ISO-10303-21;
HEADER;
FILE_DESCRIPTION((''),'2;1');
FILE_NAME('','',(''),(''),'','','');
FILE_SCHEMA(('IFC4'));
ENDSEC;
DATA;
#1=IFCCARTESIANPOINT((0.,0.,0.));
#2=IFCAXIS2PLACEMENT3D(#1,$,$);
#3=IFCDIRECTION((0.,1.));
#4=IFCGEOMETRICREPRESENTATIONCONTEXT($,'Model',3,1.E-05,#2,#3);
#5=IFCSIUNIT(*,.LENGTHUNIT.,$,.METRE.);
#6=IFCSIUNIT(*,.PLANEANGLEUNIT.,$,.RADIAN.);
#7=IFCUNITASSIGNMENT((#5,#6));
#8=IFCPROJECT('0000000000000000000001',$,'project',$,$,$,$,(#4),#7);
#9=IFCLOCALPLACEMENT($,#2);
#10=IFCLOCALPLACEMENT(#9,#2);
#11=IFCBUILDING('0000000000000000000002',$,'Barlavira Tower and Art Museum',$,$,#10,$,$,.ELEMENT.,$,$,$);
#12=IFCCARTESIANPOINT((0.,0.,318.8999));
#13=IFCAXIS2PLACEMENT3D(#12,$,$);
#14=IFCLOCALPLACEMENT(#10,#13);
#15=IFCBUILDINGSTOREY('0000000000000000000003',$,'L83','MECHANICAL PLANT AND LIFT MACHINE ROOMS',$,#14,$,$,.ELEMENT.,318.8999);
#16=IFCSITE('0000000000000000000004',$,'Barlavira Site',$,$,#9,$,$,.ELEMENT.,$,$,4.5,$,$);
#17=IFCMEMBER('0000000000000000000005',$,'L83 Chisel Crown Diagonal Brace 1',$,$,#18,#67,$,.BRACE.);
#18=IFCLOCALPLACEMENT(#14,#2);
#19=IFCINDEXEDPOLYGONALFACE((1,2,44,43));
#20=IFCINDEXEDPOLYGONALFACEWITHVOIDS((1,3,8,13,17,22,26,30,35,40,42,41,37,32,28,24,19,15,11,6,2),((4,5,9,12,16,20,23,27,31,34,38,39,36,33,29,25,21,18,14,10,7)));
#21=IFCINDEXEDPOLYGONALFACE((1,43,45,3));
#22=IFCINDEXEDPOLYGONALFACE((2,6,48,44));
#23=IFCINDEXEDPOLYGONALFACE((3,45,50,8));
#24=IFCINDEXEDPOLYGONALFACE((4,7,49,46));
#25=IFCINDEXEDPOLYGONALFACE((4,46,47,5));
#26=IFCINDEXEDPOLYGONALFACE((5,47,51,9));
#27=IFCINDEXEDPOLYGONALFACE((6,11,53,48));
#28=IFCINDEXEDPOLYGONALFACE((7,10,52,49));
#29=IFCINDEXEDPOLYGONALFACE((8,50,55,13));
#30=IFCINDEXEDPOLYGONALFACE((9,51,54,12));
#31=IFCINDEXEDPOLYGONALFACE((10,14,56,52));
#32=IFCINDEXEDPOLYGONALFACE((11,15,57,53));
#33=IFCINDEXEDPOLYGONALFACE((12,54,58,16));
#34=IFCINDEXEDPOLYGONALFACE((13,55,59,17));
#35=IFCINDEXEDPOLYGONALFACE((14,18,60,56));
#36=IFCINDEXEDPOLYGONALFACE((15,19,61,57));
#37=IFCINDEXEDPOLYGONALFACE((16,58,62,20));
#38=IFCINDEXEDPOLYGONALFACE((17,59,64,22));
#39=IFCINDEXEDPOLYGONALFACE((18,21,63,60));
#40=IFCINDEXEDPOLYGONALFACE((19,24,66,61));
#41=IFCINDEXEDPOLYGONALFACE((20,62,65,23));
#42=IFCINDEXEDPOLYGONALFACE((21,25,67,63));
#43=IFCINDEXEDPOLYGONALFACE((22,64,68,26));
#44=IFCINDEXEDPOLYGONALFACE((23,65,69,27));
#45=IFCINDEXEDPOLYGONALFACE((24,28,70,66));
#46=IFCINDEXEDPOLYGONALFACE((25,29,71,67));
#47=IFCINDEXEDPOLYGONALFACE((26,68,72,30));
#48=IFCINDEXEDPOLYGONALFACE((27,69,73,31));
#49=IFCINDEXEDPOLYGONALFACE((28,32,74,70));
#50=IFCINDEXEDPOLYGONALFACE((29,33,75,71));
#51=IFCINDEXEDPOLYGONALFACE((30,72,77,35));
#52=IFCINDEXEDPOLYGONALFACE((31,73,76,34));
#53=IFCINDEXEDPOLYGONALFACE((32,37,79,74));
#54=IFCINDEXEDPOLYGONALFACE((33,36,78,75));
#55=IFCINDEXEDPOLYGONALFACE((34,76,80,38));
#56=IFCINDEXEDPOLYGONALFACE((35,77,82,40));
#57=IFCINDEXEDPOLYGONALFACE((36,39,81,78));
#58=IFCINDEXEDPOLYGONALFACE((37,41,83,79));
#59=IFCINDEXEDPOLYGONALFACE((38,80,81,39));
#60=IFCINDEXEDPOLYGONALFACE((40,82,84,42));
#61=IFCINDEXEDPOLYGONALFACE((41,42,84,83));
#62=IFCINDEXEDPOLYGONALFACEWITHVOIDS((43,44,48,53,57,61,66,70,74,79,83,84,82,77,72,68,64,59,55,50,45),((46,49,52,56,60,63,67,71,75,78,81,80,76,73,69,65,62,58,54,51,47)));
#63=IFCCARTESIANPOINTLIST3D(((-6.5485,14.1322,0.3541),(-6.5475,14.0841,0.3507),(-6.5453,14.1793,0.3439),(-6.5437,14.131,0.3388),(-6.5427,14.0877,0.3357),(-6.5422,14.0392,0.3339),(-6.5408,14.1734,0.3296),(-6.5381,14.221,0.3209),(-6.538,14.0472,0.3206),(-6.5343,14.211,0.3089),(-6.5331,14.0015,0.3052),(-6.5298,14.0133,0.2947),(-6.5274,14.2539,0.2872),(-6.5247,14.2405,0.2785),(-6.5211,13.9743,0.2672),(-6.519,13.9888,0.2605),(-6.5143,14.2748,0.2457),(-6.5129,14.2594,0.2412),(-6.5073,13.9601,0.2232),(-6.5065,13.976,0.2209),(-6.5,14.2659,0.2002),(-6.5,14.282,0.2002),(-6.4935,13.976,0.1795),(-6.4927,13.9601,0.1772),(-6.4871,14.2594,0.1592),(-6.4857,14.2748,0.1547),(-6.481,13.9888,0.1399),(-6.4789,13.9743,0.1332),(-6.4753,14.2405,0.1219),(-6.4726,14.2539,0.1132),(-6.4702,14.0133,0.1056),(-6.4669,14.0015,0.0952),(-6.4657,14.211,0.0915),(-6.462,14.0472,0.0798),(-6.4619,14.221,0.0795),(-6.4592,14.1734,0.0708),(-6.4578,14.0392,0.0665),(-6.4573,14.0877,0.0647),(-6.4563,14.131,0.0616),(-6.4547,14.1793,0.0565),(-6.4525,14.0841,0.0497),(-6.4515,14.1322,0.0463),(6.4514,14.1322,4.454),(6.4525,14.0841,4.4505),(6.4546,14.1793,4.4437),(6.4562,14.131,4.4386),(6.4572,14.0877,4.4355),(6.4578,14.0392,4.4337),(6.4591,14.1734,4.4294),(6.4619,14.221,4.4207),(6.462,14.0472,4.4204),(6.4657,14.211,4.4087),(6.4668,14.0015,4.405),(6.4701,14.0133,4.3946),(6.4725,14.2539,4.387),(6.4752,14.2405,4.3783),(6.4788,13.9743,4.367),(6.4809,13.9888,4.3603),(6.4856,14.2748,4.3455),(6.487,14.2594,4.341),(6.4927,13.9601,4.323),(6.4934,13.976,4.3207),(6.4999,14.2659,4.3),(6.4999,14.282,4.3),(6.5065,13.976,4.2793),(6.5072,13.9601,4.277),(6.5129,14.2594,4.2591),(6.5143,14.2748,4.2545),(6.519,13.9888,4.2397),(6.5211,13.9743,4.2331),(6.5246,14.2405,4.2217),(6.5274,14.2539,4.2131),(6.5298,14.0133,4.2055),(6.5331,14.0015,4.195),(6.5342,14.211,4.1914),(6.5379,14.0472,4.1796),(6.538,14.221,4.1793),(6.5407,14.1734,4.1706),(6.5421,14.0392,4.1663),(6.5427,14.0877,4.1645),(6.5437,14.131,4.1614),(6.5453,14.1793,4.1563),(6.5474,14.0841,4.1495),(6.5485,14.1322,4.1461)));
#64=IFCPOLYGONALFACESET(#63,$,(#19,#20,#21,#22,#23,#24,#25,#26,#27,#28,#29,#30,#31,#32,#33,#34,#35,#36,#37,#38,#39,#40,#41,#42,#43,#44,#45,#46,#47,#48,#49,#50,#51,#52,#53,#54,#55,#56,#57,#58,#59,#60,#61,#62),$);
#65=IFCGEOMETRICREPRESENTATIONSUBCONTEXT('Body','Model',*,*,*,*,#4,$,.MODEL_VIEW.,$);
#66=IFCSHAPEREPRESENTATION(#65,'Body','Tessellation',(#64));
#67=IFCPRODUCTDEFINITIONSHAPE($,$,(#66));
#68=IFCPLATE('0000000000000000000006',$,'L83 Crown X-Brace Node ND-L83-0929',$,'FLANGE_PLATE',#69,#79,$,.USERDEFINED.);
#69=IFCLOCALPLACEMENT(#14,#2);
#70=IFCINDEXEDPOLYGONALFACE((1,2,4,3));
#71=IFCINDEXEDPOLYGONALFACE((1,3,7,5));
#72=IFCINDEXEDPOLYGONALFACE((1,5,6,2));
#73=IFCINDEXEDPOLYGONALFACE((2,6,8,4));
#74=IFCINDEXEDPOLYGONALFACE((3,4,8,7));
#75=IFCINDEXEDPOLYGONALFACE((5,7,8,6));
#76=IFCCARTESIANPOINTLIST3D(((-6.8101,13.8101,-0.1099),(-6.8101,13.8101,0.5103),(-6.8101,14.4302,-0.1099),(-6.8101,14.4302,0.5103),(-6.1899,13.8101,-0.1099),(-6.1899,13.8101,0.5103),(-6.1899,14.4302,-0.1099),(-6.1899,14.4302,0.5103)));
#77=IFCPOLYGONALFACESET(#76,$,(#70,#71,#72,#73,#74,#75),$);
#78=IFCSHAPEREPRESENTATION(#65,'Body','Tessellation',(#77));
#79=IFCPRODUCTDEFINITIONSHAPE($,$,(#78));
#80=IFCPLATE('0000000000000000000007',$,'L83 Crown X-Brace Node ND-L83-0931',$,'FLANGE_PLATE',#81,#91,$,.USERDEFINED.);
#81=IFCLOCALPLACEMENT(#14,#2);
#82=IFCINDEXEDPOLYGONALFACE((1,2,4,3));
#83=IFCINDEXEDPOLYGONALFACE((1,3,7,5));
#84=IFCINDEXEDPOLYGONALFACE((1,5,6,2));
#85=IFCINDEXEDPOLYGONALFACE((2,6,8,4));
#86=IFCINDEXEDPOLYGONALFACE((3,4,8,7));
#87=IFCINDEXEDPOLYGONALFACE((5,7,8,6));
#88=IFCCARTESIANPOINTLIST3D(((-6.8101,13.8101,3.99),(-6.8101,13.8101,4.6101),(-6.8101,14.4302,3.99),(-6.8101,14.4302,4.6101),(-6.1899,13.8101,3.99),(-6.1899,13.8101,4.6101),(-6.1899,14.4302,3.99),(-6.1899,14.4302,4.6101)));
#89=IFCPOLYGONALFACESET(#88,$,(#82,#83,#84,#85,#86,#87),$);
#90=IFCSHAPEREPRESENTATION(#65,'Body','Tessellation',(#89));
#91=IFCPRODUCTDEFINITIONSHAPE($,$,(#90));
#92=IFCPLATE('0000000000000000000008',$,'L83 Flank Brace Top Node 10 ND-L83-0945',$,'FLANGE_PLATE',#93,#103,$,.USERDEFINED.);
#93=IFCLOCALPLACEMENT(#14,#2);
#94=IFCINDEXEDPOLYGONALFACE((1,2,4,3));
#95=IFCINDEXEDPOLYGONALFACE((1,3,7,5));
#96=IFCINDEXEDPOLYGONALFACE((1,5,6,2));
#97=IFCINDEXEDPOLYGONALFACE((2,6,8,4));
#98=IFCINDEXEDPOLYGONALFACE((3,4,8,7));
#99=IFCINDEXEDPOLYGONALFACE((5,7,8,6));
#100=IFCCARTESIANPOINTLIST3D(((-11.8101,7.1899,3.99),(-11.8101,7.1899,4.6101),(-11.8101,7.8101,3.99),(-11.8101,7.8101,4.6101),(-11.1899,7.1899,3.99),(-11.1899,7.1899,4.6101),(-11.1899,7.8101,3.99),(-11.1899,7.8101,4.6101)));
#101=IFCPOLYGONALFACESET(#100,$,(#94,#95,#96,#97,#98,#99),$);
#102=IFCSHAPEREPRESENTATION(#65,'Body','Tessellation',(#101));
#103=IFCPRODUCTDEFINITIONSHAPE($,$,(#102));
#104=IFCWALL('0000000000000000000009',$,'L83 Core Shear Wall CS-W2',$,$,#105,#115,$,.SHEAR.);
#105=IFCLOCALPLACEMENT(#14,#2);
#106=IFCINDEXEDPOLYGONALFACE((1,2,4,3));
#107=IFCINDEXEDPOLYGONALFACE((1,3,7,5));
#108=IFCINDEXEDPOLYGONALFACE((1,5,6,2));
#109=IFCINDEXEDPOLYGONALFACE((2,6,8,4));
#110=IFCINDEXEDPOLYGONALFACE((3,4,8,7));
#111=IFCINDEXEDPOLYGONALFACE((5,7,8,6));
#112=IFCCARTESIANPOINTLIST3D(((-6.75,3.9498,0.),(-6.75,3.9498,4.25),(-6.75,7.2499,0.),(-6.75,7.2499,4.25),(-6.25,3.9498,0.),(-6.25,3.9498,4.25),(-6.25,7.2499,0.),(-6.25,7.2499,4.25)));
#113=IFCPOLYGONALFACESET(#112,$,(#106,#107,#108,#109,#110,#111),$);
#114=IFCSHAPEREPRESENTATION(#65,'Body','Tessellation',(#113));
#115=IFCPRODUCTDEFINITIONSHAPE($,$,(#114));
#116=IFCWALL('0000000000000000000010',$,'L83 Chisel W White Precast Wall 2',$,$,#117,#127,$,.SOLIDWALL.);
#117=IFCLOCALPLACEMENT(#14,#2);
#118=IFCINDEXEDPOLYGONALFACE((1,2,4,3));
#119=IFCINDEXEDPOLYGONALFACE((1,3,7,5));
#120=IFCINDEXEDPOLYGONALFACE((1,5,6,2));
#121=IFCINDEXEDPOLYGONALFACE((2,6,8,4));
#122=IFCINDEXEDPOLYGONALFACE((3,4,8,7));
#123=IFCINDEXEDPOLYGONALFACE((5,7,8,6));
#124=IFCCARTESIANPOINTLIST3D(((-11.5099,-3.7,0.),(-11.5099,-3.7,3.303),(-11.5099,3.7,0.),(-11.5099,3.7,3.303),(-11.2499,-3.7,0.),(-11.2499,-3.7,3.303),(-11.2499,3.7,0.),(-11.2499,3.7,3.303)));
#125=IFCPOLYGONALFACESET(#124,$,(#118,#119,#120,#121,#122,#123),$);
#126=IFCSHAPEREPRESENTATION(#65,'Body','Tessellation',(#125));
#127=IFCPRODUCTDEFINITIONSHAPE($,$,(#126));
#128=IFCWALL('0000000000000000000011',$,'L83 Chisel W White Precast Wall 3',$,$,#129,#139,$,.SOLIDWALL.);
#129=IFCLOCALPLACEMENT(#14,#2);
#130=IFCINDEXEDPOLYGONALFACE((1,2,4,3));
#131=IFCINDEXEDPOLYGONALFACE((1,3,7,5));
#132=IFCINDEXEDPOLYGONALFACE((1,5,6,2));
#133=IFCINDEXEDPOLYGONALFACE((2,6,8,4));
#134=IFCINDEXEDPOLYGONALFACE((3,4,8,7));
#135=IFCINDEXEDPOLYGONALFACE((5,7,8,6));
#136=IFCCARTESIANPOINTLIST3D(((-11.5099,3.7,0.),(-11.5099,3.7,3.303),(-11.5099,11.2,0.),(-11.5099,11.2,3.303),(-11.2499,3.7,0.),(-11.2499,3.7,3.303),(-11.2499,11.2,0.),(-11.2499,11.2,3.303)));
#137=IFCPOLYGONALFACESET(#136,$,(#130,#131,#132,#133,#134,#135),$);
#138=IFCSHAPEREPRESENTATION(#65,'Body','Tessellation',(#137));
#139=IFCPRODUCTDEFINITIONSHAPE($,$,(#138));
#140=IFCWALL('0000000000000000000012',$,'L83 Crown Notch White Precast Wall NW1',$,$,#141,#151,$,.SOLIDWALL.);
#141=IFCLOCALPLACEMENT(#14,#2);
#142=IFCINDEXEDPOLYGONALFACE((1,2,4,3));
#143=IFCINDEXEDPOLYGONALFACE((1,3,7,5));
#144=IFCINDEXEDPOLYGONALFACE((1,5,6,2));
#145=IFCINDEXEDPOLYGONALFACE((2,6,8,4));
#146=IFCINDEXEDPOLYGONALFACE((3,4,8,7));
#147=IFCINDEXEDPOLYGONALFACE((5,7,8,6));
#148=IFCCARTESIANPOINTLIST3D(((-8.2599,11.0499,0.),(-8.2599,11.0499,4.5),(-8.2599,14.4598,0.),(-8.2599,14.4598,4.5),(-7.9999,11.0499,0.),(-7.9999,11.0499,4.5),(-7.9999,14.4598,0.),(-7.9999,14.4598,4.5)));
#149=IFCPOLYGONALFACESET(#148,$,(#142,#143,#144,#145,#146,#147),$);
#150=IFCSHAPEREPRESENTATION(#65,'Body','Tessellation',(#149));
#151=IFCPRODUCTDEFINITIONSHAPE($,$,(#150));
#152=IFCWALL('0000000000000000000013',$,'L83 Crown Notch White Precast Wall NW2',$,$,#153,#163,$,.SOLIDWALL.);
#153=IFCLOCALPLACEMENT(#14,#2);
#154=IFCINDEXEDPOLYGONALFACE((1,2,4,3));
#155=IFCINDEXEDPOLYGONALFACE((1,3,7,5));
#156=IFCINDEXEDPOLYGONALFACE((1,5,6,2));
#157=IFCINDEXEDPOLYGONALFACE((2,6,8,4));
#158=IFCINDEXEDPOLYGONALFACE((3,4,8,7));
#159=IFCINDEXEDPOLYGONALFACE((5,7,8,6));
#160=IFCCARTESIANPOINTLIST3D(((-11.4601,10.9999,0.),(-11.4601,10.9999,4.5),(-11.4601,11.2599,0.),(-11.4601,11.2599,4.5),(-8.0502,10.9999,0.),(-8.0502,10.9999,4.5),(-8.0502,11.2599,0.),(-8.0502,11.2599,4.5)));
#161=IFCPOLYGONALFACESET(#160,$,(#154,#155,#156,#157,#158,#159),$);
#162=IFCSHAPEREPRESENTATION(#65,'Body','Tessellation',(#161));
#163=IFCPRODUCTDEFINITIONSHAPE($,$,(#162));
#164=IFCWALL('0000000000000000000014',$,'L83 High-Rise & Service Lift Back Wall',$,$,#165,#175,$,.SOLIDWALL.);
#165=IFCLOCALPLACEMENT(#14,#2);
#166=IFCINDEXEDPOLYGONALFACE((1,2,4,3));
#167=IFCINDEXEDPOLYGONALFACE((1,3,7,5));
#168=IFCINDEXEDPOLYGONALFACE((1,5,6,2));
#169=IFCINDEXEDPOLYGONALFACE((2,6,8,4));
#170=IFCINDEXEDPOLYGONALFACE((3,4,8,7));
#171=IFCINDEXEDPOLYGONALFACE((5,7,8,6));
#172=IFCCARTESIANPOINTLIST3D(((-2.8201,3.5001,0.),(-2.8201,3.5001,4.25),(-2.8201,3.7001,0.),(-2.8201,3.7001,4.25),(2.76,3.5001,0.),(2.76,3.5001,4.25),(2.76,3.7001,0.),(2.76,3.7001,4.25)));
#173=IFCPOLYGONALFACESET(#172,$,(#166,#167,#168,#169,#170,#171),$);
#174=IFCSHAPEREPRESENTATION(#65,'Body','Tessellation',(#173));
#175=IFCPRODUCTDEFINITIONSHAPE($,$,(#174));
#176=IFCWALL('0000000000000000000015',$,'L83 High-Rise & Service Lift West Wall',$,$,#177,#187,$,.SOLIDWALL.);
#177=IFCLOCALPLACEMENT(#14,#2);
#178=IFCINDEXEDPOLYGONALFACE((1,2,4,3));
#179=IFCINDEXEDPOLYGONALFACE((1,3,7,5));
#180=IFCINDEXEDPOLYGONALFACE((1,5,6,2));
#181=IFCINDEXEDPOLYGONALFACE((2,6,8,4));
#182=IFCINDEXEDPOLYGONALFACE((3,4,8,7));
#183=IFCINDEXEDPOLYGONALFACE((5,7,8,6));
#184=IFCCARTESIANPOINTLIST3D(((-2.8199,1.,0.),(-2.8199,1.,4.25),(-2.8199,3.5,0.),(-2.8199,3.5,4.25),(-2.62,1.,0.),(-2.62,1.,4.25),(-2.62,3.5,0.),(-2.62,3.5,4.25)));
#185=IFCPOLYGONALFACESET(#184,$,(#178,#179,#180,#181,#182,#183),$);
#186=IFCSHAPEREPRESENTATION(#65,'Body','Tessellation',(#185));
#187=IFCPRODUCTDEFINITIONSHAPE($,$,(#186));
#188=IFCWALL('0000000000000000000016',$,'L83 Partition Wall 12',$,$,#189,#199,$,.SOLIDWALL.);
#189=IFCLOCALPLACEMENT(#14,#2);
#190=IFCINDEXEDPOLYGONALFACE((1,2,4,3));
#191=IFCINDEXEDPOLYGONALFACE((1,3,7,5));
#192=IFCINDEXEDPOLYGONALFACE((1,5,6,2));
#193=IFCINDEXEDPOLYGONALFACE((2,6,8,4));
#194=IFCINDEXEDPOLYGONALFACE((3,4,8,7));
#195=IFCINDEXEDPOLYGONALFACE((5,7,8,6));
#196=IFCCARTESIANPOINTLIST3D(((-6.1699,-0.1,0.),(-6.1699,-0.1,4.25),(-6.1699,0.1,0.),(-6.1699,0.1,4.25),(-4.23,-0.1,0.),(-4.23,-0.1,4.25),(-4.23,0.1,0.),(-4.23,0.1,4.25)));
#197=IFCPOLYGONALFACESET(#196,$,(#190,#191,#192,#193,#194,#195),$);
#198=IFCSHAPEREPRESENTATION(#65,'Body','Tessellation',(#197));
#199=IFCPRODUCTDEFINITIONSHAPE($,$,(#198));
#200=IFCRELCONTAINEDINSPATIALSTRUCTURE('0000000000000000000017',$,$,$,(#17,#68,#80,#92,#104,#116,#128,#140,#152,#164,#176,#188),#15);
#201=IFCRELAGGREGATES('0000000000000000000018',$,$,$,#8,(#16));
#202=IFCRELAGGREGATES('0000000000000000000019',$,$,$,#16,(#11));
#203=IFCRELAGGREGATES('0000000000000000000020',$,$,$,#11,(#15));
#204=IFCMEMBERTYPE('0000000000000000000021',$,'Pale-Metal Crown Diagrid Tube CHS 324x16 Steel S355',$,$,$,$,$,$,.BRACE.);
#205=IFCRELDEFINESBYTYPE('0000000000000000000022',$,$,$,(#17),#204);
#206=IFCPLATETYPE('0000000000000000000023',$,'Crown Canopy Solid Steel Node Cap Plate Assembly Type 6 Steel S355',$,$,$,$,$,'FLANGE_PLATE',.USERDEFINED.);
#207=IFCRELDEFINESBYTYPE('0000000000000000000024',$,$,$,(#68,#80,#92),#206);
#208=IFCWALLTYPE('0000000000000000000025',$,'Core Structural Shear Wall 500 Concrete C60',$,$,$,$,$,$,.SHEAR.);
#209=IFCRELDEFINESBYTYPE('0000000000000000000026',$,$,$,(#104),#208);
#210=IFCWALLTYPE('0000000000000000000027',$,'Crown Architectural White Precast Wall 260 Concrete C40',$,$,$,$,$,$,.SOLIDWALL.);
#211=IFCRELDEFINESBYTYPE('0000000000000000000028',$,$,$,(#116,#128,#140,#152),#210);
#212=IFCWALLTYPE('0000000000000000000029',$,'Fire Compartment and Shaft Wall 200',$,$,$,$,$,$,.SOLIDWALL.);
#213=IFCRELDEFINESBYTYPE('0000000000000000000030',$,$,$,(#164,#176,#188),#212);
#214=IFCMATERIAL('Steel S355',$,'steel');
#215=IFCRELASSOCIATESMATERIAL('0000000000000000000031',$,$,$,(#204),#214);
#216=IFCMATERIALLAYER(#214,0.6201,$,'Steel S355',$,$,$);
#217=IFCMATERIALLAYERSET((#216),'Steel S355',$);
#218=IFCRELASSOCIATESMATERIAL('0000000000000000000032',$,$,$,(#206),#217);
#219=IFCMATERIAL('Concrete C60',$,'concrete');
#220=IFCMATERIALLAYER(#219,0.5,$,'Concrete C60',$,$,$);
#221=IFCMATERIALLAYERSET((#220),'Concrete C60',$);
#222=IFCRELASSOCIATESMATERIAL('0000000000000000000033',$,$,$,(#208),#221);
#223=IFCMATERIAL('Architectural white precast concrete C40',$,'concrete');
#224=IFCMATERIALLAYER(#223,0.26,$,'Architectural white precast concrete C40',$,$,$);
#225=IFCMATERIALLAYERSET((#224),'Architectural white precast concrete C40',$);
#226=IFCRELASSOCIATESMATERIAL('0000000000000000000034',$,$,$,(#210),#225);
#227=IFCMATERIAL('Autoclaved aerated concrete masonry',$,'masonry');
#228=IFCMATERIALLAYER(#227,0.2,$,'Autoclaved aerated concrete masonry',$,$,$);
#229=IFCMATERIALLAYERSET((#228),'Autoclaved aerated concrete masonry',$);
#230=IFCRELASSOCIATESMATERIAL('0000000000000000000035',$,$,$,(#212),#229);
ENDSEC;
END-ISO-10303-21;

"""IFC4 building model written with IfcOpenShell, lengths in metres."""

from ifc_helpers import new_model, si_unit, direction, frame, frame_2d, origin, origin_2d, place, context, subcontext, project, spatial, rectangle, hollow_circle, extrude, material, layer, layer_set, material_profile, profile_set, type_object, element, save


model = new_model("IFC4")

# Units and contexts
model_context = context("Model", 3, precision=1e-05, world=origin(), true_north=direction((0.0, 1.0)))
body_context = subcontext(model_context, "Body", "Model", "MODEL_VIEW")
ifc_project = project(units=[si_unit("LENGTHUNIT", "METRE"), si_unit("PLANEANGLEUNIT", "RADIAN")], contexts=[model_context])

# Site, building, storey
site_placement = place(None, origin())
site = spatial("IfcSite", under=ifc_project, at=site_placement, Name="Barlavira Site", CompositionType="ELEMENT", RefElevation=4.5)
building_placement = place(site_placement, origin())
building = spatial("IfcBuilding", under=site, at=building_placement, Name="Barlavira Tower and Art Museum", CompositionType="ELEMENT")
storey_placement = place(building_placement, frame((0.0, 0.0, 318.8999)))
storey = spatial("IfcBuildingStorey", under=building, at=storey_placement, Name="L83", Description="MECHANICAL PLANT AND LIFT MACHINE ROOMS", CompositionType="ELEMENT", Elevation=318.8999)

# Shared definitions
ifc_material_1 = material(Name="Steel S355", Category="steel")

# Member
ifc_material_profile_1 = material_profile(ifc_material_1, hollow_circle(Radius=0.1619, WallThickness=0.0161, at=origin_2d()), Name="CHS 323.9x16.0")
ifc_profile_set_1 = profile_set([ifc_material_profile_1], Name="Steel S355")
member_type = type_object("IfcMemberType", Name="Pale-Metal Crown Diagrid Tube CHS 324x16 Steel S355", PredefinedType="BRACE", material=ifc_profile_set_1)
member_placement = place(storey_placement, frame((-6.5, 14.1201, 0.2002), z_axis=(0.953697, 0.0, 0.30077), x_axis=(0.0, 1.0, 0.0)))
element("IfcMember", 1, at=member_placement, inside=storey, type_object=member_type, Name="L83 Chisel Crown Diagonal Brace 1", PredefinedType="BRACE", context=body_context, shape_type="SweptSolid", body=[
    extrude(hollow_circle(Radius=0.1619, WallThickness=0.0161, at=origin_2d()), origin(), (0.0, 0.0, 1.0), 13.6311),
])

# Plates
ifc_layer_1 = layer(ifc_material_1, 0.6201, Name="Steel S355")
ifc_layer_set_1 = layer_set([ifc_layer_1], Name="Steel S355")
plate_type = type_object("IfcPlateType", Name="Crown Canopy Solid Steel Node Cap Plate Assembly Type 6 Steel S355", ElementType="FLANGE_PLATE", PredefinedType="USERDEFINED", material=ifc_layer_set_1)
for number, where, z_axis, x_axis, name in (
    (2, (-6.5, 14.1201, -0.1099), (0.0, 0.0, 1.0), (1.0, 0.0, 0.0), "L83 Crown X-Brace Node ND-L83-0929"),
    (3, (-6.5, 14.1201, 3.99), (0.0, 0.0, 1.0), (1.0, 0.0, 0.0), "L83 Crown X-Brace Node ND-L83-0931"),
    (4, (-11.5, 7.5, 3.99), (0.0, 0.0, 1.0), (1.0, 0.0, 0.0), "L83 Flank Brace Top Node 10 ND-L83-0945"),
):
    element("IfcPlate", number, at=place(storey_placement, frame(where, z_axis=z_axis, x_axis=x_axis)), inside=storey, type_object=plate_type, Name=name, ObjectType="FLANGE_PLATE", PredefinedType="USERDEFINED", context=body_context, shape_type="SweptSolid", body=[
        extrude(rectangle(XDim=0.6201, YDim=0.6201, at=origin_2d()), origin(), (0.0, 0.0, 1.0), 0.6201),
    ])

# Shared definitions
ifc_material_2 = material(Name="Concrete C60", Category="concrete")
ifc_layer_2 = layer(ifc_material_2, 0.5, Name="Concrete C60")
ifc_layer_set_2 = layer_set([ifc_layer_2], Name="Concrete C60")
wall_type_1 = type_object("IfcWallType", Name="Core Structural Shear Wall 500 Concrete C60", PredefinedType="SHEAR", material=ifc_layer_set_2)

# Walls
wall_1_placement = place(storey_placement, frame((-6.5, 3.95, 0.0), z_axis=(0.0, 0.0, 1.0), x_axis=(0.0, 1.0, 0.0)))
element("IfcWall", 5, at=wall_1_placement, inside=storey, type_object=wall_type_1, Name="L83 Core Shear Wall CS-W2", PredefinedType="SHEAR", context=body_context, shape_type="SweptSolid", body=[
    extrude(rectangle(XDim=3.3, YDim=0.5, at=frame_2d((1.6499, 0.0))), origin(), (0.0, 0.0, 1.0), 4.25),
])
ifc_material_3 = material(Name="Architectural white precast concrete C40", Category="concrete")
ifc_layer_3 = layer(ifc_material_3, 0.26, Name="Architectural white precast concrete C40")
ifc_layer_set_3 = layer_set([ifc_layer_3], Name="Architectural white precast concrete C40")
wall_type_2 = type_object("IfcWallType", Name="Crown Architectural White Precast Wall 260 Concrete C40", PredefinedType="SOLIDWALL", material=ifc_layer_set_3)
wall_2_placement = place(storey_placement, frame((-11.3799, 3.7, 0.0), z_axis=(0.0, 0.0, 1.0), x_axis=(0.0, -1.0, 0.0)))
element("IfcWall", 6, at=wall_2_placement, inside=storey, type_object=wall_type_2, Name="L83 Chisel W White Precast Wall 2", PredefinedType="SOLIDWALL", context=body_context, shape_type="SweptSolid", body=[
    extrude(rectangle(XDim=7.3999, YDim=0.26, at=frame_2d((3.7, 0.0))), origin(), (0.0, 0.0, 1.0), 3.303),
])
wall_3_placement = place(storey_placement, frame((-11.3799, 11.2, 0.0), z_axis=(0.0, 0.0, 1.0), x_axis=(0.0, -1.0, 0.0)))
element("IfcWall", 7, at=wall_3_placement, inside=storey, type_object=wall_type_2, Name="L83 Chisel W White Precast Wall 3", PredefinedType="SOLIDWALL", context=body_context, shape_type="SweptSolid", body=[
    extrude(rectangle(XDim=7.5, YDim=0.26, at=frame_2d((3.75, 0.0))), origin(), (0.0, 0.0, 1.0), 3.303),
])
for number, where, z_axis, x_axis, name in (
    (8, (-8.1299, 14.46, 0.0), (0.0, 0.0, 1.0), (0.0, -1.0, 0.0), "L83 Crown Notch White Precast Wall NW1"),
    (9, (-8.05, 11.1299, 0.0), (0.0, 0.0, 1.0), (-1.0, 0.0, 0.0), "L83 Crown Notch White Precast Wall NW2"),
):
    element("IfcWall", number, at=place(storey_placement, frame(where, z_axis=z_axis, x_axis=x_axis)), inside=storey, type_object=wall_type_2, Name=name, PredefinedType="SOLIDWALL", context=body_context, shape_type="SweptSolid", body=[
        extrude(rectangle(XDim=3.4099, YDim=0.26, at=frame_2d((1.7051, 0.0))), origin(), (0.0, 0.0, 1.0), 4.5),
    ])

# Shared definitions
ifc_material_4 = material(Name="Autoclaved aerated concrete masonry", Category="masonry")
ifc_layer_4 = layer(ifc_material_4, 0.2, Name="Autoclaved aerated concrete masonry")
ifc_layer_set_4 = layer_set([ifc_layer_4], Name="Autoclaved aerated concrete masonry")
wall_type_3 = type_object("IfcWallType", Name="Fire Compartment and Shaft Wall 200", PredefinedType="SOLIDWALL", material=ifc_layer_set_4)

# Walls
wall_4_placement = place(storey_placement, frame((-2.8201, 3.6001, 0.0), z_axis=(0.0, 0.0, 1.0), x_axis=(1.0, 0.0, 0.0)))
element("IfcWall", 10, at=wall_4_placement, inside=storey, type_object=wall_type_3, Name="L83 High-Rise & Service Lift Back Wall", PredefinedType="SOLIDWALL", context=body_context, shape_type="SweptSolid", body=[
    extrude(rectangle(XDim=5.5801, YDim=0.2, at=frame_2d((2.79, 0.0))), origin(), (0.0, 0.0, 1.0), 4.25),
])
wall_5_placement = place(storey_placement, frame((-2.72, 1.0, 0.0), z_axis=(0.0, 0.0, 1.0), x_axis=(0.0, 1.0, 0.0)))
element("IfcWall", 11, at=wall_5_placement, inside=storey, type_object=wall_type_3, Name="L83 High-Rise & Service Lift West Wall", PredefinedType="SOLIDWALL", context=body_context, shape_type="SweptSolid", body=[
    extrude(rectangle(XDim=2.5, YDim=0.2, at=frame_2d((1.25, 0.0))), origin(), (0.0, 0.0, 1.0), 4.25),
])
for number, where, z_axis, x_axis, name in (
    (12, (-6.1699, 0.0, 0.0), (0.0, 0.0, 1.0), (1.0, 0.0, 0.0), "L83 Partition Wall 12"),
):
    element("IfcWall", number, at=place(storey_placement, frame(where, z_axis=z_axis, x_axis=x_axis)), inside=storey, type_object=wall_type_3, Name=name, PredefinedType="SOLIDWALL", context=body_context, shape_type="SweptSolid", body=[
        extrude(rectangle(XDim=1.9399, YDim=0.2, at=frame_2d((0.97, 0.0))), origin(), (0.0, 0.0, 1.0), 4.25),
    ])

save(model, "model.ifc")
